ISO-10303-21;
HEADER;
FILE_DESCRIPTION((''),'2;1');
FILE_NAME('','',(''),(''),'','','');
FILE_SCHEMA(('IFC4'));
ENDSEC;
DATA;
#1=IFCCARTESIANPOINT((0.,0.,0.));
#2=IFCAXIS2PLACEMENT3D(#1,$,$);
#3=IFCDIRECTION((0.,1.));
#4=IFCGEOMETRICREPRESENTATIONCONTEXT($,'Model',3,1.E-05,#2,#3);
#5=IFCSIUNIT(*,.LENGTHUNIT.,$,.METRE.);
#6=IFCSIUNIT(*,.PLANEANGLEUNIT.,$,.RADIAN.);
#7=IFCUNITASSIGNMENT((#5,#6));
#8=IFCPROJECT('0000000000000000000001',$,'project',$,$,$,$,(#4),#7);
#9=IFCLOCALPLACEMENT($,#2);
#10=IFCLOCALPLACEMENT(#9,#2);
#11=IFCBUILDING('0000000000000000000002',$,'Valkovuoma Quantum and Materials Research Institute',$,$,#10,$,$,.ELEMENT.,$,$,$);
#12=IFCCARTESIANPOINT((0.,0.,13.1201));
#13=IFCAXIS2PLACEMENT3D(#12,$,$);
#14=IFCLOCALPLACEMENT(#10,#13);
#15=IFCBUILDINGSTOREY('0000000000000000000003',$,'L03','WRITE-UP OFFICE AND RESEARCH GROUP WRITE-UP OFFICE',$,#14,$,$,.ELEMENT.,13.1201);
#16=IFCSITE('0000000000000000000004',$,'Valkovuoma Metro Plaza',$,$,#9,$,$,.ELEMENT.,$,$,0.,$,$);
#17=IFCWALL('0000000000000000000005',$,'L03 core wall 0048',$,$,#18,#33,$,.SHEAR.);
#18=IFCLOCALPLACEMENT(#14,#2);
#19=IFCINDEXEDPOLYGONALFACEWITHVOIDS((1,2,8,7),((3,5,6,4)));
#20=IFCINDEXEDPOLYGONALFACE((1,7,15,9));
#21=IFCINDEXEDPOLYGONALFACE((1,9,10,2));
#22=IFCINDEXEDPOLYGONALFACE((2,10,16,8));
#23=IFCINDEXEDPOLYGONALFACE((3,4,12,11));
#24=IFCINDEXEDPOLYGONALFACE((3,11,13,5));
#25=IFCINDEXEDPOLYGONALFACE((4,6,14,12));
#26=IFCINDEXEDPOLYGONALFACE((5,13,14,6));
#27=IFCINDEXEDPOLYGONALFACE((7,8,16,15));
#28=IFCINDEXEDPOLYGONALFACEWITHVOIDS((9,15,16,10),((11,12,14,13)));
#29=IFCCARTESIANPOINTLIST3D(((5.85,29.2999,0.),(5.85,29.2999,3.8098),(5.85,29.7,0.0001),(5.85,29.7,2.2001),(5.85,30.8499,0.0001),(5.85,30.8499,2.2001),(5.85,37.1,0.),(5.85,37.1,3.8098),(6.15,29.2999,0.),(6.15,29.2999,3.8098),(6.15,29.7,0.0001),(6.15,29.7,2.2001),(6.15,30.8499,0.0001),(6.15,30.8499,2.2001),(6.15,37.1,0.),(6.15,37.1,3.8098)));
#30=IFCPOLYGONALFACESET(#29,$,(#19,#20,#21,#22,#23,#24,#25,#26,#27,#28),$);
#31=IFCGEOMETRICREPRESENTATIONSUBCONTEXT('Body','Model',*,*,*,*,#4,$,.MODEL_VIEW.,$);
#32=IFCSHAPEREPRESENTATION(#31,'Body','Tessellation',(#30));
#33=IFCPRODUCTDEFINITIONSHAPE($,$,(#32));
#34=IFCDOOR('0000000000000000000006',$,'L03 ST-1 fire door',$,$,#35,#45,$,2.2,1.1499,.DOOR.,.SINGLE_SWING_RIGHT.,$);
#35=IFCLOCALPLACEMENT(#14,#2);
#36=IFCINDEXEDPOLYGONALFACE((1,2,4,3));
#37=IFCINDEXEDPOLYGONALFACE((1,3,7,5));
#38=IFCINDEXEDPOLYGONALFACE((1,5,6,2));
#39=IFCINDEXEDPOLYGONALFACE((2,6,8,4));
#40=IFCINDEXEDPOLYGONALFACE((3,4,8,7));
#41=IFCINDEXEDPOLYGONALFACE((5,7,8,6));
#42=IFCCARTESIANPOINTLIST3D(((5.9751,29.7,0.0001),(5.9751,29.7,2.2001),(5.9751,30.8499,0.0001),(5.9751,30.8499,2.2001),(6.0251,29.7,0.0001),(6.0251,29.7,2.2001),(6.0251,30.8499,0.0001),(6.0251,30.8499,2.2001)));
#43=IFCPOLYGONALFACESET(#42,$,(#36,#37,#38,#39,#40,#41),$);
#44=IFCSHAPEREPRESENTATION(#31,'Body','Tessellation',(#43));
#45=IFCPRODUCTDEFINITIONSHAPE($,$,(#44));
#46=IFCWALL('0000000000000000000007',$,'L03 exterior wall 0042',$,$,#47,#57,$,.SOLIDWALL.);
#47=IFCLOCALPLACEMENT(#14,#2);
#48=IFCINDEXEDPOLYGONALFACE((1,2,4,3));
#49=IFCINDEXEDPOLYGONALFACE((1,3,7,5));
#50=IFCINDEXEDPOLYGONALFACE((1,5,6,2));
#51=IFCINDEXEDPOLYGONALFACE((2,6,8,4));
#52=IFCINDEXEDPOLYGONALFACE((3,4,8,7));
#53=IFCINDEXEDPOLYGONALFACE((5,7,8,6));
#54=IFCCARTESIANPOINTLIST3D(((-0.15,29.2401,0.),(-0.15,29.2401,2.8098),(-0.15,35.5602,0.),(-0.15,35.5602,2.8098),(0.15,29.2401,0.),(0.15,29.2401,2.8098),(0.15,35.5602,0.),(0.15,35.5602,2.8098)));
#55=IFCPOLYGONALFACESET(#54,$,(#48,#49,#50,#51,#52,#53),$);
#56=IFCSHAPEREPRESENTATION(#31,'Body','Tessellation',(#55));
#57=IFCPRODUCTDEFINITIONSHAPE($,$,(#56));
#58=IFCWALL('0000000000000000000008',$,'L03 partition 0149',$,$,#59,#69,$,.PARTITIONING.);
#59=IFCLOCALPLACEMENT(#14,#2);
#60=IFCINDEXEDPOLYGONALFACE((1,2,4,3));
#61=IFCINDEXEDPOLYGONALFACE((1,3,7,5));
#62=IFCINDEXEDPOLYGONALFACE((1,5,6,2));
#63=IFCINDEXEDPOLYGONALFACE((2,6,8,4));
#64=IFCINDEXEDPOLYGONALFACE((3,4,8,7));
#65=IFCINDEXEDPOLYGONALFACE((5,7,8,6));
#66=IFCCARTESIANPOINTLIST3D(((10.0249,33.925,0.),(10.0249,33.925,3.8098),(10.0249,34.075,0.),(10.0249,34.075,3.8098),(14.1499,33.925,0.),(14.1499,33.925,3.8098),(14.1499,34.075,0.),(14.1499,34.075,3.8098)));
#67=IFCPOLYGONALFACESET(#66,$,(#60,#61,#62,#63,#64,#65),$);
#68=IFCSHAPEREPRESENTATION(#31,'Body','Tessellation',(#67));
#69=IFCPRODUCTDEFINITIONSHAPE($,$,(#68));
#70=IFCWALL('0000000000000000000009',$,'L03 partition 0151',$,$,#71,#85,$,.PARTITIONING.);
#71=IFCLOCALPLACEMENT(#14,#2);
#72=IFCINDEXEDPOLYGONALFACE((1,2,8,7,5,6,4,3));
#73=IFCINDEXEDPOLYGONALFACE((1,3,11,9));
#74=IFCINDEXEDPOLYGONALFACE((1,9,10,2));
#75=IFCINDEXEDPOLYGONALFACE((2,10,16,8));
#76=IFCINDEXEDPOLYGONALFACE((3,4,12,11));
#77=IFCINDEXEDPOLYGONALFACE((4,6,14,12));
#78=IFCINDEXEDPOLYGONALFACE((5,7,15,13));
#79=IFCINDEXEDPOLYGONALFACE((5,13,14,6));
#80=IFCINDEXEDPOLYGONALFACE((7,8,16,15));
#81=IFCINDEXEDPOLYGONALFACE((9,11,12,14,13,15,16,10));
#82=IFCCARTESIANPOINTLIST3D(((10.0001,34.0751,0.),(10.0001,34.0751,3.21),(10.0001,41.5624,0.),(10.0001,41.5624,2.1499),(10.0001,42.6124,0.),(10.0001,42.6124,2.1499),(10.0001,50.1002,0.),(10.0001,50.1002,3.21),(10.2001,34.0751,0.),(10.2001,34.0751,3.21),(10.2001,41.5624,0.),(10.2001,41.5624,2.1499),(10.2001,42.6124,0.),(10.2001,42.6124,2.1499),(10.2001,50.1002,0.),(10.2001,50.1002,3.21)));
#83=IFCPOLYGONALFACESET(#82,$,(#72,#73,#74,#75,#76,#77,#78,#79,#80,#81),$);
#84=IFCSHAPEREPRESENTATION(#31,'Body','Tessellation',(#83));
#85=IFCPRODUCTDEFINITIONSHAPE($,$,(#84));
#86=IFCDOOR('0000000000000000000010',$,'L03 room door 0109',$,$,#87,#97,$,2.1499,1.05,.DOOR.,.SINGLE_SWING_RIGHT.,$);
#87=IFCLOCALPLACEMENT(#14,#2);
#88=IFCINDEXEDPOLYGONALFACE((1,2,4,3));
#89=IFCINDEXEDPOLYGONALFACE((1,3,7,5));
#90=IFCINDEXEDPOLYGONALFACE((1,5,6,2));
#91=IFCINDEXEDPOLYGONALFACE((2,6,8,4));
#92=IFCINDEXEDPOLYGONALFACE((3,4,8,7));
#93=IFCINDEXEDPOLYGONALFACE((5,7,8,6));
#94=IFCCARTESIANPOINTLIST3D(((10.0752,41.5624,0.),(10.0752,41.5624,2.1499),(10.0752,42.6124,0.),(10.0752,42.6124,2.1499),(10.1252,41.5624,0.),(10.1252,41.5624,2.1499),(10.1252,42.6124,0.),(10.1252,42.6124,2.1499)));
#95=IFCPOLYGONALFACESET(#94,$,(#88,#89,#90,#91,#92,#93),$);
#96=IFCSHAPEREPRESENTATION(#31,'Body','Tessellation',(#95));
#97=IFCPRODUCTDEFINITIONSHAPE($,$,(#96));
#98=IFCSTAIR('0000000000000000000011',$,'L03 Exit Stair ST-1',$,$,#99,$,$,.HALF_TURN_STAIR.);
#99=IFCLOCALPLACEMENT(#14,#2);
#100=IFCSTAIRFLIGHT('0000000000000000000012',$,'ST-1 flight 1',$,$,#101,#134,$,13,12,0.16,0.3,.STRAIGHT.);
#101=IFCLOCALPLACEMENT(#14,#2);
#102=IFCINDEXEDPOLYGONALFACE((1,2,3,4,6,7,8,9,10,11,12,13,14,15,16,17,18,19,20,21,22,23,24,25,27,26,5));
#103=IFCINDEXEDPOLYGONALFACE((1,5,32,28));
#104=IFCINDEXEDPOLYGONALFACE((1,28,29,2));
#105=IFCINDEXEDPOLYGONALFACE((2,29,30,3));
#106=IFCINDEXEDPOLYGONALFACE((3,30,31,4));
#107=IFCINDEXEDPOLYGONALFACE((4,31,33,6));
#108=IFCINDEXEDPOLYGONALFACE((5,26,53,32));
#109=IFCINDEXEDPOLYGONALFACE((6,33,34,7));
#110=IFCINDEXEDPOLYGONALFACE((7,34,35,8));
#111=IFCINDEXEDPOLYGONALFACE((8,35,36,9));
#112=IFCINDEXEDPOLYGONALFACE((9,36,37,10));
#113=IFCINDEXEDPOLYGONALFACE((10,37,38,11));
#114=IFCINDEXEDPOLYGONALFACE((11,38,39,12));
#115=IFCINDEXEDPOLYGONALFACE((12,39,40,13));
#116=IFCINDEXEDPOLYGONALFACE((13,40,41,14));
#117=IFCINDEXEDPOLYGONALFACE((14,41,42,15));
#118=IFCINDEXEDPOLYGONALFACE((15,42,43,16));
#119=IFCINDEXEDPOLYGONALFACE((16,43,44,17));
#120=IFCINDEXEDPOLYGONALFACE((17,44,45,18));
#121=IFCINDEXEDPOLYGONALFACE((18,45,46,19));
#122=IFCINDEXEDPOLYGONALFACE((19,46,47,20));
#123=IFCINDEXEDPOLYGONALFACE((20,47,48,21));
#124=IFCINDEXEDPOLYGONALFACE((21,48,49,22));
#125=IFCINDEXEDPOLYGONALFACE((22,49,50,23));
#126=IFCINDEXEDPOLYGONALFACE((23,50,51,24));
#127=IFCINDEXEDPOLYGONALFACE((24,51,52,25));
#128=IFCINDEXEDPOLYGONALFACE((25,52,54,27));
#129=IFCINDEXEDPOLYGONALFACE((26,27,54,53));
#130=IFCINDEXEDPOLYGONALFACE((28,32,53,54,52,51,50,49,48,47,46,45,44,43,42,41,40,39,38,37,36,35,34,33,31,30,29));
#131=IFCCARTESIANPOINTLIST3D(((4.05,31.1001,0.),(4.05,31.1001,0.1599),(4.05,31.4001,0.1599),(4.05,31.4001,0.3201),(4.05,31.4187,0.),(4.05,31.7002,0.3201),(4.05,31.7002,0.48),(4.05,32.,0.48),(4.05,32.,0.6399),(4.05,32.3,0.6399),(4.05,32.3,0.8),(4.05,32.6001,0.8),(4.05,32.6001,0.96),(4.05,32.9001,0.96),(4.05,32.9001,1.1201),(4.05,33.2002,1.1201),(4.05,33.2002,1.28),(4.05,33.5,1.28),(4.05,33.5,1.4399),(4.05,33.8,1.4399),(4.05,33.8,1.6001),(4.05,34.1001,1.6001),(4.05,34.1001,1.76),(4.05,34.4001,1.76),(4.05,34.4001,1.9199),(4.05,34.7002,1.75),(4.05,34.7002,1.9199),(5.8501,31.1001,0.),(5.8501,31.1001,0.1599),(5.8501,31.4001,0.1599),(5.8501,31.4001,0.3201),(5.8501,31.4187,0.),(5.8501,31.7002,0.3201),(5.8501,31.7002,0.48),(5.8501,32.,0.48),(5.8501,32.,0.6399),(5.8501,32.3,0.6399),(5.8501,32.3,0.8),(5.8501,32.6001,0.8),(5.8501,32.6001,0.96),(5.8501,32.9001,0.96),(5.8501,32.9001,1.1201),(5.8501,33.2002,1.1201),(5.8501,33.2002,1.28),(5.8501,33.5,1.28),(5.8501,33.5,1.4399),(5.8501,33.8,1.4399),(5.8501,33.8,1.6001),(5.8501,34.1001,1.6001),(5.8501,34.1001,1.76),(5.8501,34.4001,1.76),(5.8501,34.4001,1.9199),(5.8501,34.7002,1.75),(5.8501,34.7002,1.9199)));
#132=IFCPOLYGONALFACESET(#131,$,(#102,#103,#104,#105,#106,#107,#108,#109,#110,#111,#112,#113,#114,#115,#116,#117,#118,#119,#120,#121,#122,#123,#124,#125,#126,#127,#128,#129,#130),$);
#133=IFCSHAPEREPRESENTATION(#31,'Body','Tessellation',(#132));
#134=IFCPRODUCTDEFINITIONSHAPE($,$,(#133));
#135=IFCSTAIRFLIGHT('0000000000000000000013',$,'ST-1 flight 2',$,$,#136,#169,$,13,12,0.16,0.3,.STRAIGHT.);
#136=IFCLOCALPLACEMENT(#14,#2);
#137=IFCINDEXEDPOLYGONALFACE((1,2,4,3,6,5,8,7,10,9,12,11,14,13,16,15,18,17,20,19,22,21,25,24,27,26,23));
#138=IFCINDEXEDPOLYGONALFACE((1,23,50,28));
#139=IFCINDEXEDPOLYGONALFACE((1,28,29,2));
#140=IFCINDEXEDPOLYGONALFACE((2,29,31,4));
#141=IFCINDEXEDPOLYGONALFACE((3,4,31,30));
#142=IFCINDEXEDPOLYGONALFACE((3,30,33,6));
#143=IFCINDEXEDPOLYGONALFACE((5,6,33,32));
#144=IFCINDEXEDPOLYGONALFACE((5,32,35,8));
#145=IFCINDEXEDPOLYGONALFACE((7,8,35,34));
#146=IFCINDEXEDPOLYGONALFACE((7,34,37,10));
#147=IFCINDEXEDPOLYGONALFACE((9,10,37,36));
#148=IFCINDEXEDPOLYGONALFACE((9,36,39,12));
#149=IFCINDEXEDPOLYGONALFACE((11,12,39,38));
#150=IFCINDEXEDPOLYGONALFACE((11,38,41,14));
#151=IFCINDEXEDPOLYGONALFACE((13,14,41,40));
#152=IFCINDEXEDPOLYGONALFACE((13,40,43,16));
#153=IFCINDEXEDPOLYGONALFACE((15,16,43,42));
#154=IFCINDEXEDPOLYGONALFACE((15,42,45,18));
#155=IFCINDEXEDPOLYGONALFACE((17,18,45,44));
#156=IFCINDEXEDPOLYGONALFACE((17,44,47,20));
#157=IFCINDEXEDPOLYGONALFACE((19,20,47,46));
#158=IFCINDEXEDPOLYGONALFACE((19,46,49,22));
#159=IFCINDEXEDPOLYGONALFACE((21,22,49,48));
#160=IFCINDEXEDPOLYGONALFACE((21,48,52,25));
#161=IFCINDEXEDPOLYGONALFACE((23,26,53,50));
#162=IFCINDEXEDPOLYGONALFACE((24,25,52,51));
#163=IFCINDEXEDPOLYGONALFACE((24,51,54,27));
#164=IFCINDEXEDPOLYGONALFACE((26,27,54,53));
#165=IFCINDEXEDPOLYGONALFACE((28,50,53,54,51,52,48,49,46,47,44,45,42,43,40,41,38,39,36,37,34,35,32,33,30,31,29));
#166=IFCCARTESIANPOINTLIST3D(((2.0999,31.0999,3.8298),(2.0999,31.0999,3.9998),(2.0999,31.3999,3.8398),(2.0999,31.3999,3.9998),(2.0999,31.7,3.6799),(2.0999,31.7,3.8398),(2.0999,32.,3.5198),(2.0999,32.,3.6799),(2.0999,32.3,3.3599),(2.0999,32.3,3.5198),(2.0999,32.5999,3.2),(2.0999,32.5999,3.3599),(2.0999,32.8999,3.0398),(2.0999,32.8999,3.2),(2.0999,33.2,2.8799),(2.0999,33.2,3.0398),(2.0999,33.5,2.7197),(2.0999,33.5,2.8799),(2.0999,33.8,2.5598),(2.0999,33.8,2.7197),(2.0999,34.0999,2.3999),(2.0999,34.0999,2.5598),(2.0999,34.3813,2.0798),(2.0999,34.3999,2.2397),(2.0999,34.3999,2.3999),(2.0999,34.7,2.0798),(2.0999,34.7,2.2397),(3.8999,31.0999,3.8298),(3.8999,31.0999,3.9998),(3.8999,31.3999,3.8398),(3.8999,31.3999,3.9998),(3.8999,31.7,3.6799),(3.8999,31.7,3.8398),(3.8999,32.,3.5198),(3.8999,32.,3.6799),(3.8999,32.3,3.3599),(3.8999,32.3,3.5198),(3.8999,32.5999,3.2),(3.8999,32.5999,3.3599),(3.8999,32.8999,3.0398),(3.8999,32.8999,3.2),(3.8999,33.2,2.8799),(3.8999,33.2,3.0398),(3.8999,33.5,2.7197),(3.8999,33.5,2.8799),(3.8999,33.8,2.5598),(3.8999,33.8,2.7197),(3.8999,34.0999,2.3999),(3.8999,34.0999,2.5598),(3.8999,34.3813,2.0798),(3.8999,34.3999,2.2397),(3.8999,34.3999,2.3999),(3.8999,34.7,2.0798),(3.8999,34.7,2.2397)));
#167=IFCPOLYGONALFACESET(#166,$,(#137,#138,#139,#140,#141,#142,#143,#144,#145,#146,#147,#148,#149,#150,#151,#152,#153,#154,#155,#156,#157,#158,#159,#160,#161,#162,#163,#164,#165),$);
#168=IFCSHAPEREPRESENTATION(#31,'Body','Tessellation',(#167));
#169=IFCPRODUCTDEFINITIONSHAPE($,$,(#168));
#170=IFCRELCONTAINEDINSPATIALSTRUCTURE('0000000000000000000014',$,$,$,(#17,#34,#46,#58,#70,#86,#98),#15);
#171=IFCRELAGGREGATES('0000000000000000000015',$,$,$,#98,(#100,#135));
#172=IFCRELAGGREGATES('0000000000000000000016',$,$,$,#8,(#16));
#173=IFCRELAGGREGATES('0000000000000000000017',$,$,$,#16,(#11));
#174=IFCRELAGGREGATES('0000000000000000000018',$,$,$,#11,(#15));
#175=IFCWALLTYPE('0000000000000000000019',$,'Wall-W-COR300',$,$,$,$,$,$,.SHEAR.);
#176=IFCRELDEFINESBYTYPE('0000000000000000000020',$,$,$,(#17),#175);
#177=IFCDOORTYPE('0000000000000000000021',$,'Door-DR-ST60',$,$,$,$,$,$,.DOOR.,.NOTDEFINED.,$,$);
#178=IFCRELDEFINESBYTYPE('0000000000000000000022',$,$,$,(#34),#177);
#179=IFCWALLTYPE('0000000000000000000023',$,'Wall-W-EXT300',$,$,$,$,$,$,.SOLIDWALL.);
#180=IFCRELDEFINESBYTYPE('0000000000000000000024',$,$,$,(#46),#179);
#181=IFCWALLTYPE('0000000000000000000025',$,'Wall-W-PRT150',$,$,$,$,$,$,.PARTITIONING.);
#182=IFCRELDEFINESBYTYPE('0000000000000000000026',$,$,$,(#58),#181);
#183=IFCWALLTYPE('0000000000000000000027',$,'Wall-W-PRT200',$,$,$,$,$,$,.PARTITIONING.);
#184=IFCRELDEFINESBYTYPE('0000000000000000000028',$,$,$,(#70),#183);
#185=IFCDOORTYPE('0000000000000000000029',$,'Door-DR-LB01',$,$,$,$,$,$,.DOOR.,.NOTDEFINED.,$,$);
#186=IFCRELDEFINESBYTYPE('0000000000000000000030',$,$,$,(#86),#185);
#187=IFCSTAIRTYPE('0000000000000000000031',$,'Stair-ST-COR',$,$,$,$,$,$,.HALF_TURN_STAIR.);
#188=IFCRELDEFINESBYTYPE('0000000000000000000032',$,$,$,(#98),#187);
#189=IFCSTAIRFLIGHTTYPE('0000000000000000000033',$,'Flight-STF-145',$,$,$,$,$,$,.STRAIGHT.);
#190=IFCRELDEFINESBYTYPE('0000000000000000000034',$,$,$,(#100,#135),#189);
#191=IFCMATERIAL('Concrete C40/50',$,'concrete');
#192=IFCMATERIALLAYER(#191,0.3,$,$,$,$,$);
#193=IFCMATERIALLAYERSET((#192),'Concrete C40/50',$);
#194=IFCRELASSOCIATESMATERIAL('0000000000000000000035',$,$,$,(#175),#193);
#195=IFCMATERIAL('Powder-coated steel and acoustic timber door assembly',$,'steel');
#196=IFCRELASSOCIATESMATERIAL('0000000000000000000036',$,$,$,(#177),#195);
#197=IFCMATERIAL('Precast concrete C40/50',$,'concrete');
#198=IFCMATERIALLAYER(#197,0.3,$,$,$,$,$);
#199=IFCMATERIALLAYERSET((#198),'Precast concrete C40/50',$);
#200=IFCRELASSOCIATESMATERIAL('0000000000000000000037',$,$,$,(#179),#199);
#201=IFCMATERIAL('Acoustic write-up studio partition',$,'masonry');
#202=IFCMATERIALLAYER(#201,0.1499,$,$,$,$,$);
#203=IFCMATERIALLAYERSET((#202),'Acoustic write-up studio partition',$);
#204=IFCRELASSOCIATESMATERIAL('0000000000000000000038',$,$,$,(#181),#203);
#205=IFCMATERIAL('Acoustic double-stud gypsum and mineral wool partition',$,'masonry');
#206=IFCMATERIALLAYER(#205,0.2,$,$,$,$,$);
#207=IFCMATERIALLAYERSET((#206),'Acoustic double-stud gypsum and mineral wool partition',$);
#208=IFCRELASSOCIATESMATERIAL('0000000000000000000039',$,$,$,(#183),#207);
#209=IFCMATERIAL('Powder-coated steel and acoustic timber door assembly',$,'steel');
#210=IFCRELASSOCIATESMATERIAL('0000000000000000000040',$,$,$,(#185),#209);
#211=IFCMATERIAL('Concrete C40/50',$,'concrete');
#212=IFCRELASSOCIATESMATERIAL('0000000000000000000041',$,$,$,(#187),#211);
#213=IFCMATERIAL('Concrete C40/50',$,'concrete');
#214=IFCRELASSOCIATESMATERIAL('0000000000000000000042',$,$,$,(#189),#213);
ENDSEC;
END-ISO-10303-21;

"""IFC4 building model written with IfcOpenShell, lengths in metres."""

from ifc_helpers import new_model, si_unit, direction, frame, frame_2d, origin, place, context, subcontext, project, spatial, polyline, rectangle, outline, extrude, material, layer, layer_set, type_object, element, fill, aggregate, save


model = new_model("IFC4")

# Units and contexts
model_context = context("Model", 3, precision=1e-05, world=origin(), true_north=direction((0.0, 1.0)))
body_context = subcontext(model_context, "Body", "Model", "MODEL_VIEW")
ifc_project = project(units=[si_unit("LENGTHUNIT", "METRE"), si_unit("PLANEANGLEUNIT", "RADIAN")], contexts=[model_context])

# Site, building, storey
site_placement = place(None, origin())
site = spatial("IfcSite", under=ifc_project, at=site_placement, Name="Valkovuoma Metro Plaza", CompositionType="ELEMENT", RefElevation=0.0)
building_placement = place(site_placement, origin())
building = spatial("IfcBuilding", under=site, at=building_placement, Name="Valkovuoma Quantum and Materials Research Institute", CompositionType="ELEMENT")
storey_placement = place(building_placement, frame((0.0, 0.0, 13.1201)))
storey = spatial("IfcBuildingStorey", under=building, at=storey_placement, Name="L03", Description="WRITE-UP OFFICE AND RESEARCH GROUP WRITE-UP OFFICE", CompositionType="ELEMENT", Elevation=13.1201)

# Shared definitions
ifc_material_1 = material(Name="Concrete C40/50", Category="concrete")
ifc_layer_1 = layer(ifc_material_1, 0.3)
ifc_layer_set_1 = layer_set([ifc_layer_1], Name="Concrete C40/50")
wall_type_1 = type_object("IfcWallType", Name="Wall-W-COR300", PredefinedType="SHEAR", material=ifc_layer_set_1)

# Wall, opening, door
wall_1_placement = place(storey_placement, frame((6.0, 29.3, 0.0), z_axis=(0.0, 0.0, 1.0), x_axis=(0.0, 1.0, 0.0)))
wall_1 = element("IfcWall", 1, at=wall_1_placement, inside=storey, type_object=wall_type_1, Name="L03 core wall 0048", PredefinedType="SHEAR", context=body_context, shape_type="SweptSolid", body=[
    extrude(rectangle(XDim=7.8, YDim=0.3, at=frame_2d((3.8999, 0.0))), origin(), (0.0, 0.0, 1.0), 3.8098),
])
opening_1_placement = place(wall_1_placement, frame((0.3999, 0.0, 0.0)))
opening_1 = element("IfcOpeningElement", 2, at=opening_1_placement, cuts=wall_1, PredefinedType="OPENING", context=body_context, shape_type="SweptSolid", body=[
    extrude(rectangle(XDim=1.1499, YDim=2.2, at=frame_2d((0.575, 1.1001))), frame((0.0, 0.1602, 0.0), z_axis=(0.0, -1.0, 0.0), x_axis=(1.0, 0.0, 0.0)), (0.0, 0.0, 1.0), 0.3201),
])
ifc_material_2 = material(Name="Powder-coated steel and acoustic timber door assembly", Category="steel")
door_type_1 = type_object("IfcDoorType", Name="Door-DR-ST60", OperationType="NOTDEFINED", PredefinedType="DOOR", material=ifc_material_2)
door_1_placement = place(opening_1_placement, origin())
door_1 = element("IfcDoor", 3, at=door_1_placement, inside=storey, type_object=door_type_1, Name="L03 ST-1 fire door", OperationType="SINGLE_SWING_RIGHT", OverallHeight=2.2, OverallWidth=1.1499, PredefinedType="DOOR", context=body_context, shape_type="SweptSolid", body=[
    extrude(rectangle(XDim=1.1499, YDim=2.2, at=frame_2d((0.575, 1.1001))), frame((0.0, 0.0249, 0.0), z_axis=(0.0, -1.0, 0.0), x_axis=(1.0, 0.0, 0.0)), (0.0, 0.0, 1.0), 0.05),
])
fill(opening_1, door_1)

# Walls
ifc_material_3 = material(Name="Precast concrete C40/50", Category="concrete")
ifc_layer_2 = layer(ifc_material_3, 0.3)
ifc_layer_set_2 = layer_set([ifc_layer_2], Name="Precast concrete C40/50")
wall_type_2 = type_object("IfcWallType", Name="Wall-W-EXT300", PredefinedType="SOLIDWALL", material=ifc_layer_set_2)
wall_2_placement = place(storey_placement, frame((0.0, 29.24, 0.0), z_axis=(0.0, 0.0, 1.0), x_axis=(0.0, 1.0, 0.0)))
element("IfcWall", 4, at=wall_2_placement, inside=storey, type_object=wall_type_2, Name="L03 exterior wall 0042", PredefinedType="SOLIDWALL", context=body_context, shape_type="SweptSolid", body=[
    extrude(rectangle(XDim=6.3201, YDim=0.3, at=frame_2d((3.1602, 0.0))), origin(), (0.0, 0.0, 1.0), 2.8098),
])
ifc_material_4 = material(Name="Acoustic write-up studio partition", Category="masonry")
ifc_layer_3 = layer(ifc_material_4, 0.1499)
ifc_layer_set_3 = layer_set([ifc_layer_3], Name="Acoustic write-up studio partition")
wall_type_3 = type_object("IfcWallType", Name="Wall-W-PRT150", PredefinedType="PARTITIONING", material=ifc_layer_set_3)
wall_3_placement = place(storey_placement, frame((10.0249, 34.0, 0.0), z_axis=(0.0, 0.0, 1.0), x_axis=(1.0, 0.0, 0.0)))
element("IfcWall", 5, at=wall_3_placement, inside=storey, type_object=wall_type_3, Name="L03 partition 0149", PredefinedType="PARTITIONING", context=body_context, shape_type="SweptSolid", body=[
    extrude(rectangle(XDim=4.125, YDim=0.1499, at=frame_2d((2.0625, 0.0))), origin(), (0.0, 0.0, 1.0), 3.8098),
])

# Wall, opening, door
ifc_material_5 = material(Name="Acoustic double-stud gypsum and mineral wool partition", Category="masonry")
ifc_layer_4 = layer(ifc_material_5, 0.2)
ifc_layer_set_4 = layer_set([ifc_layer_4], Name="Acoustic double-stud gypsum and mineral wool partition")
wall_type_4 = type_object("IfcWallType", Name="Wall-W-PRT200", PredefinedType="PARTITIONING", material=ifc_layer_set_4)
wall_4_placement = place(storey_placement, frame((10.1001, 34.075, 0.0), z_axis=(0.0, 0.0, 1.0), x_axis=(0.0, 1.0, 0.0)))
wall_4 = element("IfcWall", 6, at=wall_4_placement, inside=storey, type_object=wall_type_4, Name="L03 partition 0151", PredefinedType="PARTITIONING", context=body_context, shape_type="SweptSolid", body=[
    extrude(rectangle(XDim=16.0251, YDim=0.2, at=frame_2d((8.0127, 0.0))), origin(), (0.0, 0.0, 1.0), 3.21),
])
opening_2_placement = place(wall_4_placement, frame((7.4875, 0.0, 0.0)))
opening_2 = element("IfcOpeningElement", 7, at=opening_2_placement, cuts=wall_4, PredefinedType="OPENING", context=body_context, shape_type="SweptSolid", body=[
    extrude(rectangle(XDim=1.05, YDim=2.1499, at=frame_2d((0.5249, 1.075))), frame((0.0, 0.1099, 0.0), z_axis=(0.0, -1.0, 0.0), x_axis=(1.0, 0.0, 0.0)), (0.0, 0.0, 1.0), 0.22),
])
ifc_material_6 = material(Name="Powder-coated steel and acoustic timber door assembly", Category="steel")
door_type_2 = type_object("IfcDoorType", Name="Door-DR-LB01", OperationType="NOTDEFINED", PredefinedType="DOOR", material=ifc_material_6)
door_2_placement = place(opening_2_placement, origin())
door_2 = element("IfcDoor", 8, at=door_2_placement, inside=storey, type_object=door_type_2, Name="L03 room door 0109", OperationType="SINGLE_SWING_RIGHT", OverallHeight=2.1499, OverallWidth=1.05, PredefinedType="DOOR", context=body_context, shape_type="SweptSolid", body=[
    extrude(rectangle(XDim=1.05, YDim=2.1499, at=frame_2d((0.5249, 1.075))), frame((0.0, 0.0249, 0.0), z_axis=(0.0, -1.0, 0.0), x_axis=(1.0, 0.0, 0.0)), (0.0, 0.0, 1.0), 0.05),
])
fill(opening_2, door_2)

# Stair, stair flights
ifc_material_7 = material(Name="Concrete C40/50", Category="concrete")
stair_type = type_object("IfcStairType", Name="Stair-ST-COR", PredefinedType="HALF_TURN_STAIR", material=ifc_material_7)
stair_placement = place(storey_placement, origin())
stair = element("IfcStair", 9, at=stair_placement, inside=storey, type_object=stair_type, Name="L03 Exit Stair ST-1", PredefinedType="HALF_TURN_STAIR")
ifc_material_8 = material(Name="Concrete C40/50", Category="concrete")
stair_flight_type = type_object("IfcStairFlightType", Name="Flight-STF-145", PredefinedType="STRAIGHT", material=ifc_material_8)
stair_flight_1_placement = place(storey_placement, frame((4.95, 31.1001, 0.0), z_axis=(0.0, 0.0, 1.0), x_axis=(0.0, 1.0, 0.0)))
stair_flight_1 = element("IfcStairFlight", 10, at=stair_flight_1_placement, type_object=stair_flight_type, Name="ST-1 flight 1", NumberOfRisers=13, NumberOfTreads=12, PredefinedType="STRAIGHT", RiserHeight=0.16, TreadLength=0.3, context=body_context, shape_type="SweptSolid", body=[
    extrude(outline(polyline([(0.0, 0.0), (0.0, 0.1599), (0.3, 0.1599), (0.3, 0.3201), (0.6001, 0.3201), (0.6001, 0.48), (0.8999, 0.48), (0.8999, 0.6399), (1.2, 0.6399), (1.2, 0.8), (1.5, 0.8), (1.5, 0.96), (1.8, 0.96), (1.8, 1.1201), (2.1001, 1.1201), (2.1001, 1.28), (2.3999, 1.28), (2.3999, 1.4399), (2.7, 1.4399), (2.7, 1.6001), (3.0, 1.6001), (3.0, 1.76), (3.3, 1.76), (3.3, 1.9199), (3.6001, 1.9199), (3.6001, 2.0801), (3.6001, 1.75), (0.3186, 0.0), (0.0, 0.0)])), frame((0.0, 0.8999, 0.0), z_axis=(0.0, -1.0, 0.0), x_axis=(1.0, 0.0, 0.0)), (0.0, 0.0, 1.0), 1.8),
])
stair_flight_2_placement = place(storey_placement, frame((3.0, 34.7, 2.0798), z_axis=(0.0, 0.0, 1.0), x_axis=(0.0, -1.0, 0.0)))
stair_flight_2 = element("IfcStairFlight", 11, at=stair_flight_2_placement, type_object=stair_flight_type, Name="ST-1 flight 2", NumberOfRisers=13, NumberOfTreads=12, PredefinedType="STRAIGHT", RiserHeight=0.16, TreadLength=0.3, context=body_context, shape_type="SweptSolid", body=[
    extrude(outline(polyline([(0.0, 0.0), (0.0, 0.1599), (0.3, 0.1599), (0.3, 0.3201), (0.6001, 0.3201), (0.6001, 0.48), (0.8999, 0.48), (0.8999, 0.6399), (1.2, 0.6399), (1.2, 0.8), (1.5, 0.8), (1.5, 0.96), (1.8, 0.96), (1.8, 1.1201), (2.1001, 1.1201), (2.1001, 1.28), (2.3999, 1.28), (2.3999, 1.4399), (2.7, 1.4399), (2.7, 1.6001), (3.0, 1.6001), (3.0, 1.76), (3.3, 1.76), (3.3, 1.9199), (3.6001, 1.9199), (3.6001, 2.0801), (3.6001, 1.75), (0.3186, 0.0), (0.0, 0.0)])), frame((0.0, 0.8999, 0.0), z_axis=(0.0, -1.0, 0.0), x_axis=(1.0, 0.0, 0.0)), (0.0, 0.0, 1.0), 1.8),
])
aggregate(stair, [stair_flight_1, stair_flight_2])

save(model, "model.ifc")
